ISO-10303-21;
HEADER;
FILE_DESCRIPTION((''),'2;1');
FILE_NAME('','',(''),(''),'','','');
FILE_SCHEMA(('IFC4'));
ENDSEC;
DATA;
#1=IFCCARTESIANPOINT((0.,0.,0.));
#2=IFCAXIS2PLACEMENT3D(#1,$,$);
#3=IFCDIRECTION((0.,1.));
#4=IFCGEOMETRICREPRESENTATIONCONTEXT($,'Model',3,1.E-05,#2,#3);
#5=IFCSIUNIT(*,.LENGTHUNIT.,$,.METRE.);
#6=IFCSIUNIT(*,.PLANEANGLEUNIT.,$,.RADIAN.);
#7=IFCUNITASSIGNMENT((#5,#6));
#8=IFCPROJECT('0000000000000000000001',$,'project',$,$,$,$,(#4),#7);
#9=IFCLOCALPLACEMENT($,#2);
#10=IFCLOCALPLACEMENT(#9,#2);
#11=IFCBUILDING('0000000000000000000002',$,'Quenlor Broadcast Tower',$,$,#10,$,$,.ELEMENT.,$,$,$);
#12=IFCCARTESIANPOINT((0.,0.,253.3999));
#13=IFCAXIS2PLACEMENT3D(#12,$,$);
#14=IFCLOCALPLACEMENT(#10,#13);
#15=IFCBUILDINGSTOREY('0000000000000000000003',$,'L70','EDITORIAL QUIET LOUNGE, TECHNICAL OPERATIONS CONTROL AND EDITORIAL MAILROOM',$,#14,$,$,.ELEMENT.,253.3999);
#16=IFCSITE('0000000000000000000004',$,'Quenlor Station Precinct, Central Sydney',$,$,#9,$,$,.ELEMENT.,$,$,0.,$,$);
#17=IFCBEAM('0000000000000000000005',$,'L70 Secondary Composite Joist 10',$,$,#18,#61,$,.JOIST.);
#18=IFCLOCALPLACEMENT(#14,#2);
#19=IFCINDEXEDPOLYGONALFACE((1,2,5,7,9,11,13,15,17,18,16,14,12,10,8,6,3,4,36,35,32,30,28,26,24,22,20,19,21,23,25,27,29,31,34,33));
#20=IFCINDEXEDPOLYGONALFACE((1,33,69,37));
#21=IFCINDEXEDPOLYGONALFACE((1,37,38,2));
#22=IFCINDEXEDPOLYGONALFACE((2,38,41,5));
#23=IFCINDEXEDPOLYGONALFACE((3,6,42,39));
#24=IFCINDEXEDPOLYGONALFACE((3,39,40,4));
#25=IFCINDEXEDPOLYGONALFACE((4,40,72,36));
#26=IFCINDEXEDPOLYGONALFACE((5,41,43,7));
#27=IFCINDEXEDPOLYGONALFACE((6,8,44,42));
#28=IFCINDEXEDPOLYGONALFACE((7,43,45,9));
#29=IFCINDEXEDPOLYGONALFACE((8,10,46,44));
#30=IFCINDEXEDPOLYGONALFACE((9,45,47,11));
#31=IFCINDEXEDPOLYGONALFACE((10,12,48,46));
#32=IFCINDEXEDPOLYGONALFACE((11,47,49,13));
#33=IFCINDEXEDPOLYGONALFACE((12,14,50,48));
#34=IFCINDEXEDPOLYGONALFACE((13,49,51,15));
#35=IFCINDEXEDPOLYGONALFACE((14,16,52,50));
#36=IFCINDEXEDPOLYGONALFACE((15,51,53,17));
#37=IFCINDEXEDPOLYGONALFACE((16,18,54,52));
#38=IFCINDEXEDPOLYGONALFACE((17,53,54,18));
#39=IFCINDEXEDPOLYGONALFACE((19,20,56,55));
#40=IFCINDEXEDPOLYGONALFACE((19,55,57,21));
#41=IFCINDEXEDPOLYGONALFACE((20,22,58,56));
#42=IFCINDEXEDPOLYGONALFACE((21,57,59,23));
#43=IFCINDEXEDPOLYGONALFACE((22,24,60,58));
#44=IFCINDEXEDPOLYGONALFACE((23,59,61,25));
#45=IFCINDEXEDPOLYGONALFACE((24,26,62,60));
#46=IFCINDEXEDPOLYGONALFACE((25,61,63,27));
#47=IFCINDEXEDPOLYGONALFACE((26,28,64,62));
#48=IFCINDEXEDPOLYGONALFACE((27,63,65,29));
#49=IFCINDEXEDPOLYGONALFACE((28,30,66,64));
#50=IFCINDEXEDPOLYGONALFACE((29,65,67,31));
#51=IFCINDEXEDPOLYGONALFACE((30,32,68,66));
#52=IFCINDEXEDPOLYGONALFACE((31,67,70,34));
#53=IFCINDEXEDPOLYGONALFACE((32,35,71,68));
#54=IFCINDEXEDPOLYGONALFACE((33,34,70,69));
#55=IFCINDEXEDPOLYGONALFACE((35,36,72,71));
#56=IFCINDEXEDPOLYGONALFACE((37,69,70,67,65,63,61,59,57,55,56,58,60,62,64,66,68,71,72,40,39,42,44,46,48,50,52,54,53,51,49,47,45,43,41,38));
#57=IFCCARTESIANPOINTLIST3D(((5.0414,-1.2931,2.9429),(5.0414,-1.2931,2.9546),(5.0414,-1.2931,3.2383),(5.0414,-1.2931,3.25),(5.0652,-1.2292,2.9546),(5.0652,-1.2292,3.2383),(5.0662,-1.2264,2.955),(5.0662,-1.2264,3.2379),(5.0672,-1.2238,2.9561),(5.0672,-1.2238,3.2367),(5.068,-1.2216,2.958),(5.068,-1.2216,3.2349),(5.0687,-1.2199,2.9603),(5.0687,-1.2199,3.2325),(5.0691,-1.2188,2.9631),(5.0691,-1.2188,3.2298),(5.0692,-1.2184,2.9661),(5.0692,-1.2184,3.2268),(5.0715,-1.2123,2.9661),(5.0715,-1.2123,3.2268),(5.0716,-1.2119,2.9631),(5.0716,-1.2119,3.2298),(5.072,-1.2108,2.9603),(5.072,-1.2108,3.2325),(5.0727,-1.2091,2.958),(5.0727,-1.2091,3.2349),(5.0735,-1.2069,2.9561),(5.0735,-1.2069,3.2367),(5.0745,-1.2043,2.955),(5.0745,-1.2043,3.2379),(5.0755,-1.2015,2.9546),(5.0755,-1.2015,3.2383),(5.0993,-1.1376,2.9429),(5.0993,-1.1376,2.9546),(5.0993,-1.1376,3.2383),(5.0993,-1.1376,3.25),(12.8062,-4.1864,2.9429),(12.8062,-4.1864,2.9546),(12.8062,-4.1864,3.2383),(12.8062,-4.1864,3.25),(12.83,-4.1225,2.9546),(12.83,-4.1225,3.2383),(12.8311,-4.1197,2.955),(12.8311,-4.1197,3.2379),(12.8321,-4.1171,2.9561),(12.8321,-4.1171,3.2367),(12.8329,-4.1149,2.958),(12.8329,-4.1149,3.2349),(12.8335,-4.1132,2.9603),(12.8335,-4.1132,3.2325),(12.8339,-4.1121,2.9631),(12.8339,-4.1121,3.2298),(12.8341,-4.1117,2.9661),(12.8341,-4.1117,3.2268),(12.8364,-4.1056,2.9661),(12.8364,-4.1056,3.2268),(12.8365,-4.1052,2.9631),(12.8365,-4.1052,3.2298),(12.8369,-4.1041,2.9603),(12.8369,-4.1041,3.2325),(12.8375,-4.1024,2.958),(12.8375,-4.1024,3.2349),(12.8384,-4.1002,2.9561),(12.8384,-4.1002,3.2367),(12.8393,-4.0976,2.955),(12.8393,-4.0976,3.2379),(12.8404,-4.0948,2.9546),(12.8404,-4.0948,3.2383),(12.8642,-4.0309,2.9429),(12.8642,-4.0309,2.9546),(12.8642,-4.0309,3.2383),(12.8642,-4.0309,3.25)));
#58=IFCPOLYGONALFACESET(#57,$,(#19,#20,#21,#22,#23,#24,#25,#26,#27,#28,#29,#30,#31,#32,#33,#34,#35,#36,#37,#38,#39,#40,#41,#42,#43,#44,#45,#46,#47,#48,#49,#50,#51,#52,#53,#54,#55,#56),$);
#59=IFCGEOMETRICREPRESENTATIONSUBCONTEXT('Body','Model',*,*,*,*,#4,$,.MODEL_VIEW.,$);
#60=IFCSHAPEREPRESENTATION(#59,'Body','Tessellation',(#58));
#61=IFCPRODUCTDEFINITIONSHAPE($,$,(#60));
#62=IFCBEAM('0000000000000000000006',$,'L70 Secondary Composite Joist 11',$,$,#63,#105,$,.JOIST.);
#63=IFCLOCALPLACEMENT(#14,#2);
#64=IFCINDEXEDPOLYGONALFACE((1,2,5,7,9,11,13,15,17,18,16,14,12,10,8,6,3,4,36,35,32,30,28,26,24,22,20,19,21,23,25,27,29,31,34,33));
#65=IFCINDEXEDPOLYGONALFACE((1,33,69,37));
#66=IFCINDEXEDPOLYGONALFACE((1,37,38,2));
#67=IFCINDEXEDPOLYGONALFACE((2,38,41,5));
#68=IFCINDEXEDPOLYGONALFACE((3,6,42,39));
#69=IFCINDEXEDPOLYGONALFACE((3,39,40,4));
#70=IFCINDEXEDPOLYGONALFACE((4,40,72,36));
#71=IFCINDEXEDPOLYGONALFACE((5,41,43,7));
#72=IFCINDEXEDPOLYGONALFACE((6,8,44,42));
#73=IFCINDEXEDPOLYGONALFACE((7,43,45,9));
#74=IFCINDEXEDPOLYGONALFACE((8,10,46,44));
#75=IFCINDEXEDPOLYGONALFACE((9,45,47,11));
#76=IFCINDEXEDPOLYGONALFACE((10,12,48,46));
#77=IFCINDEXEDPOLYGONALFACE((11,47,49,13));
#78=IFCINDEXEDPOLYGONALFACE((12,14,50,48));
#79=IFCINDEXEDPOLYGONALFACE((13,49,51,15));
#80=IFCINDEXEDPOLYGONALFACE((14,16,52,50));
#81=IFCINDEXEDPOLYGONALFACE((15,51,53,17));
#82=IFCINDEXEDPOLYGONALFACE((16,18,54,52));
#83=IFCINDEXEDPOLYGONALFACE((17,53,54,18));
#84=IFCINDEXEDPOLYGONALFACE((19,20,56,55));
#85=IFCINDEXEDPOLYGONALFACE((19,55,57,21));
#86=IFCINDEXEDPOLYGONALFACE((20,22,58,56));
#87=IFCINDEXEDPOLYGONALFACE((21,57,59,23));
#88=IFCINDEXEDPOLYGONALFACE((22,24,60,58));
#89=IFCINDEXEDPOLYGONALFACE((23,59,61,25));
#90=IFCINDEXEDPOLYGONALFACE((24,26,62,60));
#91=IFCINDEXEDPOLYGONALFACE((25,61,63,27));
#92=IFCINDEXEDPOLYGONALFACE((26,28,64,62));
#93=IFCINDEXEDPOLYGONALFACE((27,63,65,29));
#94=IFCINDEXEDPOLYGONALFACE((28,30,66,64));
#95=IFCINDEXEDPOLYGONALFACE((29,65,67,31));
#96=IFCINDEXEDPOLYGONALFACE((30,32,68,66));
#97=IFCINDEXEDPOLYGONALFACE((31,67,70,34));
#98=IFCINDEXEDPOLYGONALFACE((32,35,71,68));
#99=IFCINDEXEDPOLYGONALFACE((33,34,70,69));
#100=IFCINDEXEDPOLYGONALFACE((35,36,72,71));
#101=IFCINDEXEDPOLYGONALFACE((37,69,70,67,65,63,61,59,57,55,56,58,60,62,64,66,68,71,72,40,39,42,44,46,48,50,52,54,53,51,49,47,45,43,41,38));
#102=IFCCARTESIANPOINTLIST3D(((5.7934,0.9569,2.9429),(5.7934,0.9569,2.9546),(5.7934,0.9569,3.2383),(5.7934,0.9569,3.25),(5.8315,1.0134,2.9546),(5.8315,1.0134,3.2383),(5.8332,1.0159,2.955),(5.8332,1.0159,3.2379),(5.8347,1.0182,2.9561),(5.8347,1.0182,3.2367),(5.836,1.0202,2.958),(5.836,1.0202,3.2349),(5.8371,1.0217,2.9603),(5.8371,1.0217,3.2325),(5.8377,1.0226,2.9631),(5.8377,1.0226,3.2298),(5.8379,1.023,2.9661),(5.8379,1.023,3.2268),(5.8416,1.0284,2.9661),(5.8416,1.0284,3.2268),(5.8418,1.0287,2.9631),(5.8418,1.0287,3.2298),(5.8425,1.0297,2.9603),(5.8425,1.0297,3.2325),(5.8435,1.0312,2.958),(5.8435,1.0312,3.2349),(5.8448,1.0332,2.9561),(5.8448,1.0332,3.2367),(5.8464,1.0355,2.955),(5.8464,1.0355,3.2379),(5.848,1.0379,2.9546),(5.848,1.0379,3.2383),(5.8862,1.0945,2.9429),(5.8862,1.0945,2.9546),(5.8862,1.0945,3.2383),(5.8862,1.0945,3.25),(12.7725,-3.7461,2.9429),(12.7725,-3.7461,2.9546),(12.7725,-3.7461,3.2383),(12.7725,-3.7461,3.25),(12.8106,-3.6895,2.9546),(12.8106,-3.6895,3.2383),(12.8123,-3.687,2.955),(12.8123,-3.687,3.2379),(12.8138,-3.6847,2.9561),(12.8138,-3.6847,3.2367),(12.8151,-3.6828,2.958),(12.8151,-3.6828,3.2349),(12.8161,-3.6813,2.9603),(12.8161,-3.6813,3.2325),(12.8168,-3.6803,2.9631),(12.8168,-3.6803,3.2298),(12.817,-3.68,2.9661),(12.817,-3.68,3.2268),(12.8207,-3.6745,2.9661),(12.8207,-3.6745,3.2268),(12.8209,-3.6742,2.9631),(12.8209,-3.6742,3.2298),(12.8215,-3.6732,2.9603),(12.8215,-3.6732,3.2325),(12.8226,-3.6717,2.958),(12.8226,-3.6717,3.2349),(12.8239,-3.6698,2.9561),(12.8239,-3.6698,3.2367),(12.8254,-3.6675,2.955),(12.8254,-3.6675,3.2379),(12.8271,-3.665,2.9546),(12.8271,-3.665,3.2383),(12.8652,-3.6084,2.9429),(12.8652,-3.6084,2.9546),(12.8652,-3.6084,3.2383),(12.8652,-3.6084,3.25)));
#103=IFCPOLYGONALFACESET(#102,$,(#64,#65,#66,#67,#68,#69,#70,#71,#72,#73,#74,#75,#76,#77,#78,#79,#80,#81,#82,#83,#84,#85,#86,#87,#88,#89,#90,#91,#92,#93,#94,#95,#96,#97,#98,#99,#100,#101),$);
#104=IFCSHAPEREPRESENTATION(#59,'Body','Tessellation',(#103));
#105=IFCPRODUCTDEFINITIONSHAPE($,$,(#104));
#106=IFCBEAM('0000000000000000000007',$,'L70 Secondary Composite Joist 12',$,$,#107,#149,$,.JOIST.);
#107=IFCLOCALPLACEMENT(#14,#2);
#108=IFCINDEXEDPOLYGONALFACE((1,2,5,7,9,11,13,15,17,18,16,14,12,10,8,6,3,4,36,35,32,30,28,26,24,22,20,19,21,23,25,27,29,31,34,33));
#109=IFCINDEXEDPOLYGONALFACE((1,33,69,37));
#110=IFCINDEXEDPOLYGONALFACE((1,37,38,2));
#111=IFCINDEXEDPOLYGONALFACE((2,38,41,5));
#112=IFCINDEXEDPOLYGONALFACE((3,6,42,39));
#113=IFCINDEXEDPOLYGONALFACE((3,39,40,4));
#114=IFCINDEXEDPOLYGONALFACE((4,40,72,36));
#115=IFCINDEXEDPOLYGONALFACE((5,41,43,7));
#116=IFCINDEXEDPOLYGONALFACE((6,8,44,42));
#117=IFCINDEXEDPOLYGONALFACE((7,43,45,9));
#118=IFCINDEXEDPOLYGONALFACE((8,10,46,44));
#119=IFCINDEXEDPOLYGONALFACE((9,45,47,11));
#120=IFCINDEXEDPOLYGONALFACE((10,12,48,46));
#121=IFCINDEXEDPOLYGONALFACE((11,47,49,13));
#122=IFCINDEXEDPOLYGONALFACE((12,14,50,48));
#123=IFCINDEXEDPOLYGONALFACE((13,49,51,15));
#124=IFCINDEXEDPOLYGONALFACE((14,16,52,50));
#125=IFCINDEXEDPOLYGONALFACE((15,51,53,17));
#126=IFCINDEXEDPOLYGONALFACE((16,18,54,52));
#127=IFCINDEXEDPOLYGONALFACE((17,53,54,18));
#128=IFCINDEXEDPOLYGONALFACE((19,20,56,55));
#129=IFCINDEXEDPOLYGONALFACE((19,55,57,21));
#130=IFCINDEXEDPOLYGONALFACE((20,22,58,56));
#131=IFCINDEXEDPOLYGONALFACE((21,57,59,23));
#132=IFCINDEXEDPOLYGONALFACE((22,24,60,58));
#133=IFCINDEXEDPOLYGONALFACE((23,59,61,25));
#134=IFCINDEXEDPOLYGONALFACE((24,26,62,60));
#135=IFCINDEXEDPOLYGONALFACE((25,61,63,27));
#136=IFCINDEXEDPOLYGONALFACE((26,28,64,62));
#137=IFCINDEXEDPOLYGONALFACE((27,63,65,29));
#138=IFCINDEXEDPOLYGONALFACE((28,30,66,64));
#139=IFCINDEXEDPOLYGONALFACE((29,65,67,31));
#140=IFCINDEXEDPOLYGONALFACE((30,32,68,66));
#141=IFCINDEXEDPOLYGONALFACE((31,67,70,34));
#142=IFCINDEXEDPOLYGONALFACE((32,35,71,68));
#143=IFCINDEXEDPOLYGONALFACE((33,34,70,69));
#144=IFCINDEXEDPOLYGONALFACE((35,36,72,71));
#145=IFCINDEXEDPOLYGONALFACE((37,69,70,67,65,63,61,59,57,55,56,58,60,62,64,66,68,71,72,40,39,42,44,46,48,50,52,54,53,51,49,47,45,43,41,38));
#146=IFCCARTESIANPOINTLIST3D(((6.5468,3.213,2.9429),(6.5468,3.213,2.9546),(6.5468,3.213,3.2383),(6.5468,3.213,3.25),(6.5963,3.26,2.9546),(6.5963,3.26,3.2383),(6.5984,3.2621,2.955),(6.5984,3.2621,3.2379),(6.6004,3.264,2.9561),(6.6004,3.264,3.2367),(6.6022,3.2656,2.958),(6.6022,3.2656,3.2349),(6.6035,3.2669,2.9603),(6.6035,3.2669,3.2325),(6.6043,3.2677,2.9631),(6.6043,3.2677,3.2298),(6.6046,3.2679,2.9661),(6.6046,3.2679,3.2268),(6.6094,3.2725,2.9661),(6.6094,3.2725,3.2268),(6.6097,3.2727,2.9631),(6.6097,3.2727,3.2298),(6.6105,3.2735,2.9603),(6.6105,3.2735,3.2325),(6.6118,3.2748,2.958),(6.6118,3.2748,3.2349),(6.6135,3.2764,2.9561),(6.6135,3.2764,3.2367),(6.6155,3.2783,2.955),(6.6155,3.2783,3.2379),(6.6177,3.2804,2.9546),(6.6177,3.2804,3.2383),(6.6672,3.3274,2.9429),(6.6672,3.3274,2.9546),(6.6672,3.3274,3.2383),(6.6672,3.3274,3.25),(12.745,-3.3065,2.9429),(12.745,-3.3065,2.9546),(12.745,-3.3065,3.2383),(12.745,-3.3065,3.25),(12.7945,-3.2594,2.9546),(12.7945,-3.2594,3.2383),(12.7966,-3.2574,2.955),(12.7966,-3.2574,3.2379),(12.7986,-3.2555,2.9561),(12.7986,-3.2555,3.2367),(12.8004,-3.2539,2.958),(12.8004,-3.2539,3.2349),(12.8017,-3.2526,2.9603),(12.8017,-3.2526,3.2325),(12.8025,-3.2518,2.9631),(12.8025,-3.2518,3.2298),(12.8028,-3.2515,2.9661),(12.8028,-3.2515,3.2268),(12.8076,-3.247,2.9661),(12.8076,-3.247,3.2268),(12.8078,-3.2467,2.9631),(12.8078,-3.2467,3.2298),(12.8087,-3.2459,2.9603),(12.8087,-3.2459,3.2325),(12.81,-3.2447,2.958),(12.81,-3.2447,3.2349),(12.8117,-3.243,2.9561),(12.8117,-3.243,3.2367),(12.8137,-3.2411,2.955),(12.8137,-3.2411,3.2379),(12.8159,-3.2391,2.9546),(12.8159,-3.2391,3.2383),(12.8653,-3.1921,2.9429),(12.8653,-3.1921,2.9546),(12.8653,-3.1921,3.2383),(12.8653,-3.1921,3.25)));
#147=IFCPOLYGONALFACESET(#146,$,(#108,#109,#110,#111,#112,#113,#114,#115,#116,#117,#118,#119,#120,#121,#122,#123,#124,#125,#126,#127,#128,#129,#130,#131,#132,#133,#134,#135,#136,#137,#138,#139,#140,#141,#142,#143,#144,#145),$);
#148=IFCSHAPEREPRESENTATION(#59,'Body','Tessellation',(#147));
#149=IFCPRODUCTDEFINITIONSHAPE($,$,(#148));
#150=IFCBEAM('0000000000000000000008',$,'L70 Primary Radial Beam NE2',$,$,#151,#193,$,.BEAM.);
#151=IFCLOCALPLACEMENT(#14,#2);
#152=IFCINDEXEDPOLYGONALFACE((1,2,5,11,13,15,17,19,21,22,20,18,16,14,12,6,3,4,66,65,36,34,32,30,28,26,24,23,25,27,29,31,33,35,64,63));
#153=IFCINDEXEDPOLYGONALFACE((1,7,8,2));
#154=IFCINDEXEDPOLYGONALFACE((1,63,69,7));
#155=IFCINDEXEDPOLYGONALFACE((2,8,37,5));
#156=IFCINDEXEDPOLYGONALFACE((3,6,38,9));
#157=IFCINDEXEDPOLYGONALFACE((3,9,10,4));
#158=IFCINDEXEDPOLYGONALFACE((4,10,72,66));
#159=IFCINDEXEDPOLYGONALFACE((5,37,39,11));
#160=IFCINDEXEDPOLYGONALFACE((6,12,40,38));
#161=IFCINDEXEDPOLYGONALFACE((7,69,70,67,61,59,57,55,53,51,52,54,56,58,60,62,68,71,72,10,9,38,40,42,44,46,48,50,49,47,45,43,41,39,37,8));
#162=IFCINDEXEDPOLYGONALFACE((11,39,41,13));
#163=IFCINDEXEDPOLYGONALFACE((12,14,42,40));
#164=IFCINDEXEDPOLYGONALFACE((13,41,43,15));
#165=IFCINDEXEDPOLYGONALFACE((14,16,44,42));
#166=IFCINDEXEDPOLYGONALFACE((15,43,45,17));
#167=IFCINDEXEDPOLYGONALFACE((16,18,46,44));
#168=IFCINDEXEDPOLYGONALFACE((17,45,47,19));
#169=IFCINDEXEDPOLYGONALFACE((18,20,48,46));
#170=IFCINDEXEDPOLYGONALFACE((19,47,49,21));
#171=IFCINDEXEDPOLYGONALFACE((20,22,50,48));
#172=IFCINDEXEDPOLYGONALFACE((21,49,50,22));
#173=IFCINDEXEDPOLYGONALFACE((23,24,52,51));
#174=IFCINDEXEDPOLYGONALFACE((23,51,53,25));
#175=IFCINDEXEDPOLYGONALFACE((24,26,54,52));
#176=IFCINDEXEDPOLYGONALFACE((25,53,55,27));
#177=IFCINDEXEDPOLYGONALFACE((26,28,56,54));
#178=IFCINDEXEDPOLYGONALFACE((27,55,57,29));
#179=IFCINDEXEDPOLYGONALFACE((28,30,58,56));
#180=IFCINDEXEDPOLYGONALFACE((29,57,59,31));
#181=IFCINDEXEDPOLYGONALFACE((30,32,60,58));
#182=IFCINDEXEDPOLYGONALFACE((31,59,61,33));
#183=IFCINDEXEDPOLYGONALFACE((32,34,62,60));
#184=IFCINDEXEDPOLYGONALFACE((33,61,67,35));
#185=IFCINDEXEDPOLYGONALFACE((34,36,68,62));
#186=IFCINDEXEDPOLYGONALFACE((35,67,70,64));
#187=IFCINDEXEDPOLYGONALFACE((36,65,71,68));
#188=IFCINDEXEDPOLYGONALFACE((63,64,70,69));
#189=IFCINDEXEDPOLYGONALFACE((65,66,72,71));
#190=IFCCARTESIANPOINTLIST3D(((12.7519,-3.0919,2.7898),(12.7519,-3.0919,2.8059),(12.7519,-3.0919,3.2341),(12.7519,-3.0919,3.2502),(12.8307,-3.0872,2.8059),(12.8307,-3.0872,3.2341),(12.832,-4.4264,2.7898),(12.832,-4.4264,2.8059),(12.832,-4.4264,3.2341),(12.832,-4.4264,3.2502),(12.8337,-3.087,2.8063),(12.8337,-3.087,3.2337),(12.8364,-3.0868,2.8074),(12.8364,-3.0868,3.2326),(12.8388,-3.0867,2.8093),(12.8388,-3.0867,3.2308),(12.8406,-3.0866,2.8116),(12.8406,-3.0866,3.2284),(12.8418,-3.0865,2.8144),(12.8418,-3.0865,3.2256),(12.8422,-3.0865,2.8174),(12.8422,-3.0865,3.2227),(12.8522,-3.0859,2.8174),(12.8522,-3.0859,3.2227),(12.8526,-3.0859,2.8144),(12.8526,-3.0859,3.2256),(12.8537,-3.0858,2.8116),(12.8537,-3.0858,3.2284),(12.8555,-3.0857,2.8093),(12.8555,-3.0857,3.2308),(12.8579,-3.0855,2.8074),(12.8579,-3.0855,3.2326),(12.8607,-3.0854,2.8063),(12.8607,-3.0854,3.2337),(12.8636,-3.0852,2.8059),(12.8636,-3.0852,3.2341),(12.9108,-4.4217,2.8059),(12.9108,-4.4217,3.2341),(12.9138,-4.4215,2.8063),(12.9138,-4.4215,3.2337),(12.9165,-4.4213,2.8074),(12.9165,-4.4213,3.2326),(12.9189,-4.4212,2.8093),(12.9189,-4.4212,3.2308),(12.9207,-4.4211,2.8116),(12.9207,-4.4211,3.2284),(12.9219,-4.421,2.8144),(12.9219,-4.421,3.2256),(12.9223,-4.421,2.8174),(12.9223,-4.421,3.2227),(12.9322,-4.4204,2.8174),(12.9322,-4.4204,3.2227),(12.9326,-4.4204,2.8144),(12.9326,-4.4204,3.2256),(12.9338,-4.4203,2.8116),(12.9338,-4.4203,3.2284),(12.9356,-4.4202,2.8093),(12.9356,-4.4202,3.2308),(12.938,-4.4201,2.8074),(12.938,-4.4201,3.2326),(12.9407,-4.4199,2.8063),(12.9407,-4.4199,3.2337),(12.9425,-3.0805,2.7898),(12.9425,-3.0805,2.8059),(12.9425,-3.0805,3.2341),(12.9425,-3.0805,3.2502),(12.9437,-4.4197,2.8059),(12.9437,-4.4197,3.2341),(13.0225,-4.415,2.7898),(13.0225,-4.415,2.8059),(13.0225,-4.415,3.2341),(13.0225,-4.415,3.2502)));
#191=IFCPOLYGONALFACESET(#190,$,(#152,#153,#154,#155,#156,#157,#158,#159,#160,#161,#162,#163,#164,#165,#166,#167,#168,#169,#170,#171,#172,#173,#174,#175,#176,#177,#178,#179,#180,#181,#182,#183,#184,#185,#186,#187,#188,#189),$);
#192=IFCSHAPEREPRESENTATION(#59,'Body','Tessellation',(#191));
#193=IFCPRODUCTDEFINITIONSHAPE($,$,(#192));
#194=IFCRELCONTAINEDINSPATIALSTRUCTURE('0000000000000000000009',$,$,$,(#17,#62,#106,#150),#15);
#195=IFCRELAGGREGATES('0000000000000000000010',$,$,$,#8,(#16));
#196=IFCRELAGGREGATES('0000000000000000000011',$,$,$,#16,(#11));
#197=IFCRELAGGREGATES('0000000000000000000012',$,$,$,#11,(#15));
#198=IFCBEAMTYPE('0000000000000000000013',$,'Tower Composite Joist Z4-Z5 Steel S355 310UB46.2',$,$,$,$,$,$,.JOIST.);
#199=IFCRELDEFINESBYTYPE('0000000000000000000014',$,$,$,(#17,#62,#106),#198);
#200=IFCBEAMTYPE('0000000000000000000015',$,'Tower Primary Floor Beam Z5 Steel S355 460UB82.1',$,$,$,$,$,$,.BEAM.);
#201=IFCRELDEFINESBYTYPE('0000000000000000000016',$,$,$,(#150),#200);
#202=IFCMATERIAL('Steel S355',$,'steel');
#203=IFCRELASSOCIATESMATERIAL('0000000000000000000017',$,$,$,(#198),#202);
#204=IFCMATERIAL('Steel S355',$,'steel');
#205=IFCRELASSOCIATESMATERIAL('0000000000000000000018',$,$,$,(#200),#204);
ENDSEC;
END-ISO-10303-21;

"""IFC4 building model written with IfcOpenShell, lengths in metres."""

from ifc_helpers import new_model, si_unit, direction, frame, origin, origin_2d, place, context, subcontext, project, spatial, i_section, extrude, material, material_profile, profile_set, type_object, element, save


model = new_model("IFC4")

# Units and contexts
model_context = context("Model", 3, precision=1e-05, world=origin(), true_north=direction((0.0, 1.0)))
body_context = subcontext(model_context, "Body", "Model", "MODEL_VIEW")
ifc_project = project(units=[si_unit("LENGTHUNIT", "METRE"), si_unit("PLANEANGLEUNIT", "RADIAN")], contexts=[model_context])

# Site, building, storey
site_placement = place(None, origin())
site = spatial("IfcSite", under=ifc_project, at=site_placement, Name="Quenlor Station Precinct, Central Sydney", CompositionType="ELEMENT", RefElevation=0.0)
building_placement = place(site_placement, origin())
building = spatial("IfcBuilding", under=site, at=building_placement, Name="Quenlor Broadcast Tower", CompositionType="ELEMENT")
storey_placement = place(building_placement, frame((0.0, 0.0, 253.3999)))
storey = spatial("IfcBuildingStorey", under=building, at=storey_placement, Name="L70", Description="EDITORIAL QUIET LOUNGE, TECHNICAL OPERATIONS CONTROL AND EDITORIAL MAILROOM", CompositionType="ELEMENT", Elevation=253.3999)

# Beams
ifc_material_1 = material(Name="Steel S355", Category="steel")
ifc_material_profile_1 = material_profile(ifc_material_1, i_section(OverallWidth=0.166, OverallDepth=0.3071, WebThickness=0.0066, FlangeThickness=0.0117, FilletRadius=0.0115, at=origin_2d()))
ifc_profile_set_1 = profile_set([ifc_material_profile_1], Name="Steel S355 310UB46.2")
beam_type_1 = type_object("IfcBeamType", Name="Tower Composite Joist Z4-Z5 Steel S355 310UB46.2", PredefinedType="JOIST", material=ifc_profile_set_1)
beam_1_placement = place(storey_placement, frame((12.8352, -4.1086, 3.0964), z_axis=(-0.937062, 0.349163, 0.0), x_axis=(-0.349163, -0.937062, 0.0)))
element("IfcBeam", 1, at=beam_1_placement, inside=storey, type_object=beam_type_1, Name="L70 Secondary Composite Joist 10", PredefinedType="JOIST", context=body_context, shape_type="SweptSolid", body=[
    extrude(i_section(OverallWidth=0.166, OverallDepth=0.3071, WebThickness=0.0066, FlangeThickness=0.0117, FilletRadius=0.0115, at=origin_2d()), origin(), (0.0, 0.0, 1.0), 8.2864),
])
beam_2_placement = place(storey_placement, frame((12.8188, -3.6772, 3.0964), z_axis=(-0.829286, 0.558824, 0.0), x_axis=(-0.558824, -0.829286, 0.0)))
element("IfcBeam", 2, at=beam_2_placement, inside=storey, type_object=beam_type_1, Name="L70 Secondary Composite Joist 11", PredefinedType="JOIST", context=body_context, shape_type="SweptSolid", body=[
    extrude(i_section(OverallWidth=0.166, OverallDepth=0.3071, WebThickness=0.0066, FlangeThickness=0.0117, FilletRadius=0.0115, at=origin_2d()), origin(), (0.0, 0.0, 1.0), 8.4158),
])
beam_3_placement = place(storey_placement, frame((12.8052, -3.2493, 3.0964), z_axis=(-0.689023, 0.724739, 0.0), x_axis=(-0.724739, -0.689023, 0.0)))
element("IfcBeam", 3, at=beam_3_placement, inside=storey, type_object=beam_type_1, Name="L70 Secondary Composite Joist 12", PredefinedType="JOIST", context=body_context, shape_type="SweptSolid", body=[
    extrude(i_section(OverallWidth=0.166, OverallDepth=0.3071, WebThickness=0.0066, FlangeThickness=0.0117, FilletRadius=0.0115, at=origin_2d()), origin(), (0.0, 0.0, 1.0), 8.9956),
])
ifc_material_2 = material(Name="Steel S355", Category="steel")
ifc_material_profile_2 = material_profile(ifc_material_2, i_section(OverallWidth=0.1909, OverallDepth=0.4604, WebThickness=0.01, FlangeThickness=0.0161, FilletRadius=0.0115, at=origin_2d()))
ifc_profile_set_2 = profile_set([ifc_material_profile_2], Name="Steel S355 460UB82.1")
beam_type_2 = type_object("IfcBeamType", Name="Tower Primary Floor Beam Z5 Steel S355 460UB82.1", PredefinedType="BEAM", material=ifc_profile_set_2)
beam_4_placement = place(storey_placement, frame((12.8472, -3.0862, 3.02), z_axis=(0.0599, -0.998204, 0.0), x_axis=(0.998204, 0.0599, 0.0)))
element("IfcBeam", 4, at=beam_4_placement, inside=storey, type_object=beam_type_2, Name="L70 Primary Radial Beam NE2", PredefinedType="BEAM", context=body_context, shape_type="SweptSolid", body=[
    extrude(i_section(OverallWidth=0.1909, OverallDepth=0.4604, WebThickness=0.01, FlangeThickness=0.0161, FilletRadius=0.0115, at=origin_2d()), origin(), (0.0, 0.0, 1.0), 1.3369),
])

save(model, "model.ifc")
